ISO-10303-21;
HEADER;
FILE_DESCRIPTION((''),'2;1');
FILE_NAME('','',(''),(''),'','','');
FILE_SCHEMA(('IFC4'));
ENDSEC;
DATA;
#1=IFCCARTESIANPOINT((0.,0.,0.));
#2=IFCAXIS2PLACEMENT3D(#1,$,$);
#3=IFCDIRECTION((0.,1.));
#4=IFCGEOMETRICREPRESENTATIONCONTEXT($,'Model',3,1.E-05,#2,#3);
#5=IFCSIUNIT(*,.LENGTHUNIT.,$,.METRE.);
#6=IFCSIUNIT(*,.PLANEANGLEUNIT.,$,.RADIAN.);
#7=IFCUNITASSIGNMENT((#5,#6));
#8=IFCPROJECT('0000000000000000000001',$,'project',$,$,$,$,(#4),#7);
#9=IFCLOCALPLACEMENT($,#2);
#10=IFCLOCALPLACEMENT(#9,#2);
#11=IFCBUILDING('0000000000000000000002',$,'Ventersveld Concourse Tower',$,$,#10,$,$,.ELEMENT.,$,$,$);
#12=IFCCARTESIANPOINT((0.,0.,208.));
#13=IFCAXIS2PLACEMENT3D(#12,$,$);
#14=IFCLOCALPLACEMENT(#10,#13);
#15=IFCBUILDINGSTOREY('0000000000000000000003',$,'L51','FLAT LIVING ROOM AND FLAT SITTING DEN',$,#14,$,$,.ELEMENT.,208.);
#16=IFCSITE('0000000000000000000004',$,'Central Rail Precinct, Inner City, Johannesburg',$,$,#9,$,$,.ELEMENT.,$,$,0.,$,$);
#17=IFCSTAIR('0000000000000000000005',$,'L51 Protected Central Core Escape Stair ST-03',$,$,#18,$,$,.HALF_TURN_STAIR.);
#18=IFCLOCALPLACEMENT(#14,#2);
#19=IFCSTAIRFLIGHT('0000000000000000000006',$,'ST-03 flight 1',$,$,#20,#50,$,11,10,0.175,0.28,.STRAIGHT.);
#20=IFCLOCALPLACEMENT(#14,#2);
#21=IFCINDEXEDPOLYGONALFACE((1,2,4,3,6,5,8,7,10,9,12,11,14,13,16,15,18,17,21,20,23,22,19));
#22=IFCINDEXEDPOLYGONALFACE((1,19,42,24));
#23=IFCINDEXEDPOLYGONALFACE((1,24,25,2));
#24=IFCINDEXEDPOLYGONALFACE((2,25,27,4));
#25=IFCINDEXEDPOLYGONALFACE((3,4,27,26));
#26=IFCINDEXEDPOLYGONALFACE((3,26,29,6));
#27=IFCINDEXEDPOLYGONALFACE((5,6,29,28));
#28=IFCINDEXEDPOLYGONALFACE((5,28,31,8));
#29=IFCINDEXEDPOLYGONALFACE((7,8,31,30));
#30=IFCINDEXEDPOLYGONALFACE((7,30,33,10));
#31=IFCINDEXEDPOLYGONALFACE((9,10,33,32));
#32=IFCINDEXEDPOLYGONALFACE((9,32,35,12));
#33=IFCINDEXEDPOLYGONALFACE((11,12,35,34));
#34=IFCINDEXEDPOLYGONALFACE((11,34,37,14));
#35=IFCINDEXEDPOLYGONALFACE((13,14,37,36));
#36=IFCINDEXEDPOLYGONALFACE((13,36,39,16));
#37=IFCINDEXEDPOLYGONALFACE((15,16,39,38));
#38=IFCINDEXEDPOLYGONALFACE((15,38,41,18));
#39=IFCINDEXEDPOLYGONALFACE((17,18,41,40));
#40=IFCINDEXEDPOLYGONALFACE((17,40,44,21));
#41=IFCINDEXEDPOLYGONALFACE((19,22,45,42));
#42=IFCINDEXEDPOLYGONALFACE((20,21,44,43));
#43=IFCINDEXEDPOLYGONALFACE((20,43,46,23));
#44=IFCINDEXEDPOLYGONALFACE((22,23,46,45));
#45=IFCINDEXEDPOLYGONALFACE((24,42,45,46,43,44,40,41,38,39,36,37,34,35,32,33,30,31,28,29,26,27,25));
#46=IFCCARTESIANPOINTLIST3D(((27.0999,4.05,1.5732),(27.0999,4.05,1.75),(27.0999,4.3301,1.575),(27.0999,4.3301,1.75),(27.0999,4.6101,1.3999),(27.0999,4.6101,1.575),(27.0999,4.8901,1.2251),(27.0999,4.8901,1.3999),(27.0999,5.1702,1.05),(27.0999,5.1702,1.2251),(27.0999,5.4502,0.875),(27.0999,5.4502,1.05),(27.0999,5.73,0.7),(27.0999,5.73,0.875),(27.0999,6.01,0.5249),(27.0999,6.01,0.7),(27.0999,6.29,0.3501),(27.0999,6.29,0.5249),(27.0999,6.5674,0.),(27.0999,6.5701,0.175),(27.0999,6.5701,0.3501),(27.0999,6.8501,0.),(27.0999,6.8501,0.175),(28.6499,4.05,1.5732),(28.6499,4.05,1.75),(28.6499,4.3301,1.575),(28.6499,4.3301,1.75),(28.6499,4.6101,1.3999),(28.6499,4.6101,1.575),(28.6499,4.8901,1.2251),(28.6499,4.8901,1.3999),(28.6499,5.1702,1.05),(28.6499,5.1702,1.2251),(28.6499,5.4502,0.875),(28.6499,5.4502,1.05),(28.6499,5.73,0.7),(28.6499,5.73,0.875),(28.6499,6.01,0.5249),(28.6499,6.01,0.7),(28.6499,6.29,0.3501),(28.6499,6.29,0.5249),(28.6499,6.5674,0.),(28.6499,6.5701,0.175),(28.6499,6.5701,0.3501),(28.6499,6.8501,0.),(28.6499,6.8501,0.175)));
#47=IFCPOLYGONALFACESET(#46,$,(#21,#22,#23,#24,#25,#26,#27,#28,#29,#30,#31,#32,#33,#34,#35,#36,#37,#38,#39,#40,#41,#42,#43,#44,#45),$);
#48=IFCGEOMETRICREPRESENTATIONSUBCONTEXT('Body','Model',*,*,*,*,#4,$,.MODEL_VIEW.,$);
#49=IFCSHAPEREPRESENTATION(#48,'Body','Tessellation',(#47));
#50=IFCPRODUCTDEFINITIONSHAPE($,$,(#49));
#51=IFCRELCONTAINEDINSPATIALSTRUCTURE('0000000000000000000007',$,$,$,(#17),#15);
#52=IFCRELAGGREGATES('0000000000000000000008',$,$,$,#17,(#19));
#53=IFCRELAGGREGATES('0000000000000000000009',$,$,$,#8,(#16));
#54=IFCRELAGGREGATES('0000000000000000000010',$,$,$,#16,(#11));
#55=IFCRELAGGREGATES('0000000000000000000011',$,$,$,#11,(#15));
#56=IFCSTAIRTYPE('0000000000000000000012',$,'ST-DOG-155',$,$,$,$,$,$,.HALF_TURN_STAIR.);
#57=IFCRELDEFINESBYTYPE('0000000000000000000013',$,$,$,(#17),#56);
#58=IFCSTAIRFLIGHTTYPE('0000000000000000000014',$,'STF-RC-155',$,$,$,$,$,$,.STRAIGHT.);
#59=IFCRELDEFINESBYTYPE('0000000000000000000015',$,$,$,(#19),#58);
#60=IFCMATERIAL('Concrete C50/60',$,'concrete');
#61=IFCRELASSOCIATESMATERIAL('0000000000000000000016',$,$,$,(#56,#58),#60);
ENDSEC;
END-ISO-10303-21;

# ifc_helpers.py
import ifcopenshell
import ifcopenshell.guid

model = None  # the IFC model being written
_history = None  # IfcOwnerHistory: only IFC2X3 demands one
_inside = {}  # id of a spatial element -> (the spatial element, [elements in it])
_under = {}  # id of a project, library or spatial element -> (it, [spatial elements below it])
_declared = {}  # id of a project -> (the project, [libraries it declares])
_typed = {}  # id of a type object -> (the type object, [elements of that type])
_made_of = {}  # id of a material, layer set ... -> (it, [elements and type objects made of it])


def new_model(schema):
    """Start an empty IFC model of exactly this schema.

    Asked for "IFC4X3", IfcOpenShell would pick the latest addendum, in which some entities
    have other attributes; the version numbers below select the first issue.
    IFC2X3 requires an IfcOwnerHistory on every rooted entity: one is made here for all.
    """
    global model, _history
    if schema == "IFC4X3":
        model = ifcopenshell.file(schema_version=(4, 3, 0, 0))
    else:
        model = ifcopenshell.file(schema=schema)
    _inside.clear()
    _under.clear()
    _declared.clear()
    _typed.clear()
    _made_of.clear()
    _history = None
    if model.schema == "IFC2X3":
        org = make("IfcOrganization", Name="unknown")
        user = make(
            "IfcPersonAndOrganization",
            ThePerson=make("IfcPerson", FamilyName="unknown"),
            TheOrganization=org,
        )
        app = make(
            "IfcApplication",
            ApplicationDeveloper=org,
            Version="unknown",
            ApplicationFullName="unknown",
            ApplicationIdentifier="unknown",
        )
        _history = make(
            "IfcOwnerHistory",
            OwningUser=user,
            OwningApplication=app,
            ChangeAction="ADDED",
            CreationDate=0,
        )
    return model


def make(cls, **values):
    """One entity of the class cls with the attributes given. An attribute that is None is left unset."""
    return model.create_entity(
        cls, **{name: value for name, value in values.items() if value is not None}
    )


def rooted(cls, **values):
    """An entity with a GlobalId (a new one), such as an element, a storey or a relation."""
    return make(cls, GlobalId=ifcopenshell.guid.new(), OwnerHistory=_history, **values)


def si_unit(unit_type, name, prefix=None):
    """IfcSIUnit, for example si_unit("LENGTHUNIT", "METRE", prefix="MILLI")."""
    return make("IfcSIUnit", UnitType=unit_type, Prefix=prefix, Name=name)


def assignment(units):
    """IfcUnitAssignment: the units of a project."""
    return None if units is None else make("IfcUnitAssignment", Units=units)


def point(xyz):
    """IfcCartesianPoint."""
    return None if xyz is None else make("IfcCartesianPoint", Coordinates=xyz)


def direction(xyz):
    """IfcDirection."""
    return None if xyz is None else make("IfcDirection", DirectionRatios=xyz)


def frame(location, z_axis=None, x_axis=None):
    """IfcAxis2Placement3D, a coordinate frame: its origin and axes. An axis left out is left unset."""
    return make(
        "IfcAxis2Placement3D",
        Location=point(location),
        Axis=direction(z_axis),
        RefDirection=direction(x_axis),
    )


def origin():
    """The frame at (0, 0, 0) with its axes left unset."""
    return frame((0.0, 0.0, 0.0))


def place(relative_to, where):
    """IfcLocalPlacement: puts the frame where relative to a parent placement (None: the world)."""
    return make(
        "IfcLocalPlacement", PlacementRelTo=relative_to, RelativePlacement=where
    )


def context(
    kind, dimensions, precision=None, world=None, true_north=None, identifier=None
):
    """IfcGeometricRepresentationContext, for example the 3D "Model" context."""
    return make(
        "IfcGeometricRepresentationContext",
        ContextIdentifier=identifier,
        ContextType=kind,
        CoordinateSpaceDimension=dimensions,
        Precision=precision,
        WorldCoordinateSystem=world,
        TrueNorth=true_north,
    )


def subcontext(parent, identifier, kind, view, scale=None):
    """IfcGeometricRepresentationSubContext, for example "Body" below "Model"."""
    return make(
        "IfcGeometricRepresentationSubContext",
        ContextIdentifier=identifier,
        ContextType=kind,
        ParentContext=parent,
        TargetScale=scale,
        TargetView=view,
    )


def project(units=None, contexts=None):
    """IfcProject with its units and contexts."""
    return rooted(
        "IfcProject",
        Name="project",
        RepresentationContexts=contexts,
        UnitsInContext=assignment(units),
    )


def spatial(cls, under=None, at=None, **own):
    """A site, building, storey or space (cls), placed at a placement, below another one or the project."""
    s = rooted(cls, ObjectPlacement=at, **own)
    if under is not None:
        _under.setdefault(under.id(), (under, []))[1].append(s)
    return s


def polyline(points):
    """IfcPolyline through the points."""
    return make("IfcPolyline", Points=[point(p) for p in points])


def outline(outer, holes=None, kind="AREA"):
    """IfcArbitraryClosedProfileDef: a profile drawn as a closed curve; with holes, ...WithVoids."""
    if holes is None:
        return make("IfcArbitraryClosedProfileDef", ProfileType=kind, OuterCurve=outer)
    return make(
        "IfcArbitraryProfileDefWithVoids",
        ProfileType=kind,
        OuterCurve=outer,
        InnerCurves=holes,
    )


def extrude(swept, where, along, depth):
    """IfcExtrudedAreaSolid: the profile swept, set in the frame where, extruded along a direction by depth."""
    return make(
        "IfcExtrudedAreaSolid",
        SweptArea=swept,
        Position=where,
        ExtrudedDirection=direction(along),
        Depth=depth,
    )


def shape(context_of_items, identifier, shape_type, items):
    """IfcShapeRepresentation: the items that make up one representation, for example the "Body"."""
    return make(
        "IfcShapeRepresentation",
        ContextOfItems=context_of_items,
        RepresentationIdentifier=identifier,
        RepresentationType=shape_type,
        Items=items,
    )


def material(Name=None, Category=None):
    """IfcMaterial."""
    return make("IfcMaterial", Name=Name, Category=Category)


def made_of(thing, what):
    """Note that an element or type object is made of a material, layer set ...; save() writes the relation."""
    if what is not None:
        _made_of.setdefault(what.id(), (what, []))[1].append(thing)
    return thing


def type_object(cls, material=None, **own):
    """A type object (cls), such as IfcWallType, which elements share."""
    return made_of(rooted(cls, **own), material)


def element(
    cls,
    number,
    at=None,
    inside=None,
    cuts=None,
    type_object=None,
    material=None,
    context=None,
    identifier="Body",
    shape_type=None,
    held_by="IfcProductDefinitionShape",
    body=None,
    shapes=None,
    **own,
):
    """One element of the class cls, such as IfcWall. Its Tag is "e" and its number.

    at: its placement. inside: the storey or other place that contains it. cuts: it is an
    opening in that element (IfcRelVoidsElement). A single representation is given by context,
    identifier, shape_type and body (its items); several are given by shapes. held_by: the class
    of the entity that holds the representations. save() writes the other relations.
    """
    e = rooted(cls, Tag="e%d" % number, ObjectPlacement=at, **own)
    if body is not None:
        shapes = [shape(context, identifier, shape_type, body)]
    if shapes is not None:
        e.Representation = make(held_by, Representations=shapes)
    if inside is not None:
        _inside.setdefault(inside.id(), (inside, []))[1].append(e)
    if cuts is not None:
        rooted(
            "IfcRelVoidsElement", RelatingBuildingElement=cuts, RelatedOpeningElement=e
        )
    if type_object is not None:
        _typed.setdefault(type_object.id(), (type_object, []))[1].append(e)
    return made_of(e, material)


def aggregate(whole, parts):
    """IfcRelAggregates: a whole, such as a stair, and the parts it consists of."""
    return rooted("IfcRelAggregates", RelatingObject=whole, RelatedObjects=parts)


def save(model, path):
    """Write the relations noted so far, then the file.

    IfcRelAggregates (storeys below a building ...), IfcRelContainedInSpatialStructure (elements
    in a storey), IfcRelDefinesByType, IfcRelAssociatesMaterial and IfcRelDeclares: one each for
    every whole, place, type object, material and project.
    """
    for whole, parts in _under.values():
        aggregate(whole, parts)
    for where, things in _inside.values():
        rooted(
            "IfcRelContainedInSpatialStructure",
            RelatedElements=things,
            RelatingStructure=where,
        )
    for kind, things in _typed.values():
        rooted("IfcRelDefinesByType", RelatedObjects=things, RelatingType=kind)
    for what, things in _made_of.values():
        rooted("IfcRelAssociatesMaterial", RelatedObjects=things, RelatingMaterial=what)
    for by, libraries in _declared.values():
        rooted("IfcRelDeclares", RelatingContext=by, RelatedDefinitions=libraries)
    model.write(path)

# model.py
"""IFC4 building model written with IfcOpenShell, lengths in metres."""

from ifc_helpers import new_model, si_unit, direction, frame, origin, place, context, subcontext, project, spatial, polyline, outline, extrude, material, type_object, element, aggregate, save


model = new_model("IFC4")

# Units and contexts
model_context = context("Model", 3, precision=1e-05, world=origin(), true_north=direction((0.0, 1.0)))
body_context = subcontext(model_context, "Body", "Model", "MODEL_VIEW")
ifc_project = project(units=[si_unit("LENGTHUNIT", "METRE"), si_unit("PLANEANGLEUNIT", "RADIAN")], contexts=[model_context])

# Site, building, storey
site_placement = place(None, origin())
site = spatial("IfcSite", under=ifc_project, at=site_placement, Name="Central Rail Precinct, Inner City, Johannesburg", CompositionType="ELEMENT", RefElevation=0.0)
building_placement = place(site_placement, origin())
building = spatial("IfcBuilding", under=site, at=building_placement, Name="Ventersveld Concourse Tower", CompositionType="ELEMENT")
storey_placement = place(building_placement, frame((0.0, 0.0, 208.0)))
storey = spatial("IfcBuildingStorey", under=building, at=storey_placement, Name="L51", Description="FLAT LIVING ROOM AND FLAT SITTING DEN", CompositionType="ELEMENT", Elevation=208.0)

# Shared definitions
ifc_material_1 = material(Name="Concrete C50/60", Category="concrete")

# Stair, stair flight
stair_type = type_object("IfcStairType", Name="ST-DOG-155", PredefinedType="HALF_TURN_STAIR", material=ifc_material_1)
stair_placement = place(storey_placement, origin())
stair = element("IfcStair", 1, at=stair_placement, inside=storey, type_object=stair_type, Name="L51 Protected Central Core Escape Stair ST-03", PredefinedType="HALF_TURN_STAIR")
stair_flight_type = type_object("IfcStairFlightType", Name="STF-RC-155", PredefinedType="STRAIGHT", material=ifc_material_1)
stair_flight_placement = place(storey_placement, frame((27.875, 6.8501, 0.0), z_axis=(0.0, 0.0, 1.0), x_axis=(0.0, -1.0, 0.0)))
stair_flight = element("IfcStairFlight", 2, at=stair_flight_placement, type_object=stair_flight_type, Name="ST-03 flight 1", NumberOfRisers=11, NumberOfTreads=10, PredefinedType="STRAIGHT", RiserHeight=0.175, TreadLength=0.28, context=body_context, shape_type="SweptSolid", body=[
    extrude(outline(polyline([(0.0, 0.0), (0.0, 0.175), (0.28, 0.175), (0.28, 0.3501), (0.5601, 0.3501), (0.5601, 0.5249), (0.8401, 0.5249), (0.8401, 0.7), (1.1201, 0.7), (1.1201, 0.875), (1.3999, 0.875), (1.3999, 1.05), (1.6799, 1.05), (1.6799, 1.2251), (1.96, 1.2251), (1.96, 1.3999), (2.24, 1.3999), (2.24, 1.575), (2.52, 1.575), (2.52, 1.75), (2.8, 1.75), (2.8, 1.925), (2.8, 1.5732), (0.2827, 0.0), (0.0, 0.0)])), frame((0.0, 0.7749, 0.0), z_axis=(0.0, -1.0, 0.0), x_axis=(1.0, 0.0, 0.0)), (0.0, 0.0, 1.0), 1.55),
])
aggregate(stair, [stair_flight])

save(model, "model.ifc")
